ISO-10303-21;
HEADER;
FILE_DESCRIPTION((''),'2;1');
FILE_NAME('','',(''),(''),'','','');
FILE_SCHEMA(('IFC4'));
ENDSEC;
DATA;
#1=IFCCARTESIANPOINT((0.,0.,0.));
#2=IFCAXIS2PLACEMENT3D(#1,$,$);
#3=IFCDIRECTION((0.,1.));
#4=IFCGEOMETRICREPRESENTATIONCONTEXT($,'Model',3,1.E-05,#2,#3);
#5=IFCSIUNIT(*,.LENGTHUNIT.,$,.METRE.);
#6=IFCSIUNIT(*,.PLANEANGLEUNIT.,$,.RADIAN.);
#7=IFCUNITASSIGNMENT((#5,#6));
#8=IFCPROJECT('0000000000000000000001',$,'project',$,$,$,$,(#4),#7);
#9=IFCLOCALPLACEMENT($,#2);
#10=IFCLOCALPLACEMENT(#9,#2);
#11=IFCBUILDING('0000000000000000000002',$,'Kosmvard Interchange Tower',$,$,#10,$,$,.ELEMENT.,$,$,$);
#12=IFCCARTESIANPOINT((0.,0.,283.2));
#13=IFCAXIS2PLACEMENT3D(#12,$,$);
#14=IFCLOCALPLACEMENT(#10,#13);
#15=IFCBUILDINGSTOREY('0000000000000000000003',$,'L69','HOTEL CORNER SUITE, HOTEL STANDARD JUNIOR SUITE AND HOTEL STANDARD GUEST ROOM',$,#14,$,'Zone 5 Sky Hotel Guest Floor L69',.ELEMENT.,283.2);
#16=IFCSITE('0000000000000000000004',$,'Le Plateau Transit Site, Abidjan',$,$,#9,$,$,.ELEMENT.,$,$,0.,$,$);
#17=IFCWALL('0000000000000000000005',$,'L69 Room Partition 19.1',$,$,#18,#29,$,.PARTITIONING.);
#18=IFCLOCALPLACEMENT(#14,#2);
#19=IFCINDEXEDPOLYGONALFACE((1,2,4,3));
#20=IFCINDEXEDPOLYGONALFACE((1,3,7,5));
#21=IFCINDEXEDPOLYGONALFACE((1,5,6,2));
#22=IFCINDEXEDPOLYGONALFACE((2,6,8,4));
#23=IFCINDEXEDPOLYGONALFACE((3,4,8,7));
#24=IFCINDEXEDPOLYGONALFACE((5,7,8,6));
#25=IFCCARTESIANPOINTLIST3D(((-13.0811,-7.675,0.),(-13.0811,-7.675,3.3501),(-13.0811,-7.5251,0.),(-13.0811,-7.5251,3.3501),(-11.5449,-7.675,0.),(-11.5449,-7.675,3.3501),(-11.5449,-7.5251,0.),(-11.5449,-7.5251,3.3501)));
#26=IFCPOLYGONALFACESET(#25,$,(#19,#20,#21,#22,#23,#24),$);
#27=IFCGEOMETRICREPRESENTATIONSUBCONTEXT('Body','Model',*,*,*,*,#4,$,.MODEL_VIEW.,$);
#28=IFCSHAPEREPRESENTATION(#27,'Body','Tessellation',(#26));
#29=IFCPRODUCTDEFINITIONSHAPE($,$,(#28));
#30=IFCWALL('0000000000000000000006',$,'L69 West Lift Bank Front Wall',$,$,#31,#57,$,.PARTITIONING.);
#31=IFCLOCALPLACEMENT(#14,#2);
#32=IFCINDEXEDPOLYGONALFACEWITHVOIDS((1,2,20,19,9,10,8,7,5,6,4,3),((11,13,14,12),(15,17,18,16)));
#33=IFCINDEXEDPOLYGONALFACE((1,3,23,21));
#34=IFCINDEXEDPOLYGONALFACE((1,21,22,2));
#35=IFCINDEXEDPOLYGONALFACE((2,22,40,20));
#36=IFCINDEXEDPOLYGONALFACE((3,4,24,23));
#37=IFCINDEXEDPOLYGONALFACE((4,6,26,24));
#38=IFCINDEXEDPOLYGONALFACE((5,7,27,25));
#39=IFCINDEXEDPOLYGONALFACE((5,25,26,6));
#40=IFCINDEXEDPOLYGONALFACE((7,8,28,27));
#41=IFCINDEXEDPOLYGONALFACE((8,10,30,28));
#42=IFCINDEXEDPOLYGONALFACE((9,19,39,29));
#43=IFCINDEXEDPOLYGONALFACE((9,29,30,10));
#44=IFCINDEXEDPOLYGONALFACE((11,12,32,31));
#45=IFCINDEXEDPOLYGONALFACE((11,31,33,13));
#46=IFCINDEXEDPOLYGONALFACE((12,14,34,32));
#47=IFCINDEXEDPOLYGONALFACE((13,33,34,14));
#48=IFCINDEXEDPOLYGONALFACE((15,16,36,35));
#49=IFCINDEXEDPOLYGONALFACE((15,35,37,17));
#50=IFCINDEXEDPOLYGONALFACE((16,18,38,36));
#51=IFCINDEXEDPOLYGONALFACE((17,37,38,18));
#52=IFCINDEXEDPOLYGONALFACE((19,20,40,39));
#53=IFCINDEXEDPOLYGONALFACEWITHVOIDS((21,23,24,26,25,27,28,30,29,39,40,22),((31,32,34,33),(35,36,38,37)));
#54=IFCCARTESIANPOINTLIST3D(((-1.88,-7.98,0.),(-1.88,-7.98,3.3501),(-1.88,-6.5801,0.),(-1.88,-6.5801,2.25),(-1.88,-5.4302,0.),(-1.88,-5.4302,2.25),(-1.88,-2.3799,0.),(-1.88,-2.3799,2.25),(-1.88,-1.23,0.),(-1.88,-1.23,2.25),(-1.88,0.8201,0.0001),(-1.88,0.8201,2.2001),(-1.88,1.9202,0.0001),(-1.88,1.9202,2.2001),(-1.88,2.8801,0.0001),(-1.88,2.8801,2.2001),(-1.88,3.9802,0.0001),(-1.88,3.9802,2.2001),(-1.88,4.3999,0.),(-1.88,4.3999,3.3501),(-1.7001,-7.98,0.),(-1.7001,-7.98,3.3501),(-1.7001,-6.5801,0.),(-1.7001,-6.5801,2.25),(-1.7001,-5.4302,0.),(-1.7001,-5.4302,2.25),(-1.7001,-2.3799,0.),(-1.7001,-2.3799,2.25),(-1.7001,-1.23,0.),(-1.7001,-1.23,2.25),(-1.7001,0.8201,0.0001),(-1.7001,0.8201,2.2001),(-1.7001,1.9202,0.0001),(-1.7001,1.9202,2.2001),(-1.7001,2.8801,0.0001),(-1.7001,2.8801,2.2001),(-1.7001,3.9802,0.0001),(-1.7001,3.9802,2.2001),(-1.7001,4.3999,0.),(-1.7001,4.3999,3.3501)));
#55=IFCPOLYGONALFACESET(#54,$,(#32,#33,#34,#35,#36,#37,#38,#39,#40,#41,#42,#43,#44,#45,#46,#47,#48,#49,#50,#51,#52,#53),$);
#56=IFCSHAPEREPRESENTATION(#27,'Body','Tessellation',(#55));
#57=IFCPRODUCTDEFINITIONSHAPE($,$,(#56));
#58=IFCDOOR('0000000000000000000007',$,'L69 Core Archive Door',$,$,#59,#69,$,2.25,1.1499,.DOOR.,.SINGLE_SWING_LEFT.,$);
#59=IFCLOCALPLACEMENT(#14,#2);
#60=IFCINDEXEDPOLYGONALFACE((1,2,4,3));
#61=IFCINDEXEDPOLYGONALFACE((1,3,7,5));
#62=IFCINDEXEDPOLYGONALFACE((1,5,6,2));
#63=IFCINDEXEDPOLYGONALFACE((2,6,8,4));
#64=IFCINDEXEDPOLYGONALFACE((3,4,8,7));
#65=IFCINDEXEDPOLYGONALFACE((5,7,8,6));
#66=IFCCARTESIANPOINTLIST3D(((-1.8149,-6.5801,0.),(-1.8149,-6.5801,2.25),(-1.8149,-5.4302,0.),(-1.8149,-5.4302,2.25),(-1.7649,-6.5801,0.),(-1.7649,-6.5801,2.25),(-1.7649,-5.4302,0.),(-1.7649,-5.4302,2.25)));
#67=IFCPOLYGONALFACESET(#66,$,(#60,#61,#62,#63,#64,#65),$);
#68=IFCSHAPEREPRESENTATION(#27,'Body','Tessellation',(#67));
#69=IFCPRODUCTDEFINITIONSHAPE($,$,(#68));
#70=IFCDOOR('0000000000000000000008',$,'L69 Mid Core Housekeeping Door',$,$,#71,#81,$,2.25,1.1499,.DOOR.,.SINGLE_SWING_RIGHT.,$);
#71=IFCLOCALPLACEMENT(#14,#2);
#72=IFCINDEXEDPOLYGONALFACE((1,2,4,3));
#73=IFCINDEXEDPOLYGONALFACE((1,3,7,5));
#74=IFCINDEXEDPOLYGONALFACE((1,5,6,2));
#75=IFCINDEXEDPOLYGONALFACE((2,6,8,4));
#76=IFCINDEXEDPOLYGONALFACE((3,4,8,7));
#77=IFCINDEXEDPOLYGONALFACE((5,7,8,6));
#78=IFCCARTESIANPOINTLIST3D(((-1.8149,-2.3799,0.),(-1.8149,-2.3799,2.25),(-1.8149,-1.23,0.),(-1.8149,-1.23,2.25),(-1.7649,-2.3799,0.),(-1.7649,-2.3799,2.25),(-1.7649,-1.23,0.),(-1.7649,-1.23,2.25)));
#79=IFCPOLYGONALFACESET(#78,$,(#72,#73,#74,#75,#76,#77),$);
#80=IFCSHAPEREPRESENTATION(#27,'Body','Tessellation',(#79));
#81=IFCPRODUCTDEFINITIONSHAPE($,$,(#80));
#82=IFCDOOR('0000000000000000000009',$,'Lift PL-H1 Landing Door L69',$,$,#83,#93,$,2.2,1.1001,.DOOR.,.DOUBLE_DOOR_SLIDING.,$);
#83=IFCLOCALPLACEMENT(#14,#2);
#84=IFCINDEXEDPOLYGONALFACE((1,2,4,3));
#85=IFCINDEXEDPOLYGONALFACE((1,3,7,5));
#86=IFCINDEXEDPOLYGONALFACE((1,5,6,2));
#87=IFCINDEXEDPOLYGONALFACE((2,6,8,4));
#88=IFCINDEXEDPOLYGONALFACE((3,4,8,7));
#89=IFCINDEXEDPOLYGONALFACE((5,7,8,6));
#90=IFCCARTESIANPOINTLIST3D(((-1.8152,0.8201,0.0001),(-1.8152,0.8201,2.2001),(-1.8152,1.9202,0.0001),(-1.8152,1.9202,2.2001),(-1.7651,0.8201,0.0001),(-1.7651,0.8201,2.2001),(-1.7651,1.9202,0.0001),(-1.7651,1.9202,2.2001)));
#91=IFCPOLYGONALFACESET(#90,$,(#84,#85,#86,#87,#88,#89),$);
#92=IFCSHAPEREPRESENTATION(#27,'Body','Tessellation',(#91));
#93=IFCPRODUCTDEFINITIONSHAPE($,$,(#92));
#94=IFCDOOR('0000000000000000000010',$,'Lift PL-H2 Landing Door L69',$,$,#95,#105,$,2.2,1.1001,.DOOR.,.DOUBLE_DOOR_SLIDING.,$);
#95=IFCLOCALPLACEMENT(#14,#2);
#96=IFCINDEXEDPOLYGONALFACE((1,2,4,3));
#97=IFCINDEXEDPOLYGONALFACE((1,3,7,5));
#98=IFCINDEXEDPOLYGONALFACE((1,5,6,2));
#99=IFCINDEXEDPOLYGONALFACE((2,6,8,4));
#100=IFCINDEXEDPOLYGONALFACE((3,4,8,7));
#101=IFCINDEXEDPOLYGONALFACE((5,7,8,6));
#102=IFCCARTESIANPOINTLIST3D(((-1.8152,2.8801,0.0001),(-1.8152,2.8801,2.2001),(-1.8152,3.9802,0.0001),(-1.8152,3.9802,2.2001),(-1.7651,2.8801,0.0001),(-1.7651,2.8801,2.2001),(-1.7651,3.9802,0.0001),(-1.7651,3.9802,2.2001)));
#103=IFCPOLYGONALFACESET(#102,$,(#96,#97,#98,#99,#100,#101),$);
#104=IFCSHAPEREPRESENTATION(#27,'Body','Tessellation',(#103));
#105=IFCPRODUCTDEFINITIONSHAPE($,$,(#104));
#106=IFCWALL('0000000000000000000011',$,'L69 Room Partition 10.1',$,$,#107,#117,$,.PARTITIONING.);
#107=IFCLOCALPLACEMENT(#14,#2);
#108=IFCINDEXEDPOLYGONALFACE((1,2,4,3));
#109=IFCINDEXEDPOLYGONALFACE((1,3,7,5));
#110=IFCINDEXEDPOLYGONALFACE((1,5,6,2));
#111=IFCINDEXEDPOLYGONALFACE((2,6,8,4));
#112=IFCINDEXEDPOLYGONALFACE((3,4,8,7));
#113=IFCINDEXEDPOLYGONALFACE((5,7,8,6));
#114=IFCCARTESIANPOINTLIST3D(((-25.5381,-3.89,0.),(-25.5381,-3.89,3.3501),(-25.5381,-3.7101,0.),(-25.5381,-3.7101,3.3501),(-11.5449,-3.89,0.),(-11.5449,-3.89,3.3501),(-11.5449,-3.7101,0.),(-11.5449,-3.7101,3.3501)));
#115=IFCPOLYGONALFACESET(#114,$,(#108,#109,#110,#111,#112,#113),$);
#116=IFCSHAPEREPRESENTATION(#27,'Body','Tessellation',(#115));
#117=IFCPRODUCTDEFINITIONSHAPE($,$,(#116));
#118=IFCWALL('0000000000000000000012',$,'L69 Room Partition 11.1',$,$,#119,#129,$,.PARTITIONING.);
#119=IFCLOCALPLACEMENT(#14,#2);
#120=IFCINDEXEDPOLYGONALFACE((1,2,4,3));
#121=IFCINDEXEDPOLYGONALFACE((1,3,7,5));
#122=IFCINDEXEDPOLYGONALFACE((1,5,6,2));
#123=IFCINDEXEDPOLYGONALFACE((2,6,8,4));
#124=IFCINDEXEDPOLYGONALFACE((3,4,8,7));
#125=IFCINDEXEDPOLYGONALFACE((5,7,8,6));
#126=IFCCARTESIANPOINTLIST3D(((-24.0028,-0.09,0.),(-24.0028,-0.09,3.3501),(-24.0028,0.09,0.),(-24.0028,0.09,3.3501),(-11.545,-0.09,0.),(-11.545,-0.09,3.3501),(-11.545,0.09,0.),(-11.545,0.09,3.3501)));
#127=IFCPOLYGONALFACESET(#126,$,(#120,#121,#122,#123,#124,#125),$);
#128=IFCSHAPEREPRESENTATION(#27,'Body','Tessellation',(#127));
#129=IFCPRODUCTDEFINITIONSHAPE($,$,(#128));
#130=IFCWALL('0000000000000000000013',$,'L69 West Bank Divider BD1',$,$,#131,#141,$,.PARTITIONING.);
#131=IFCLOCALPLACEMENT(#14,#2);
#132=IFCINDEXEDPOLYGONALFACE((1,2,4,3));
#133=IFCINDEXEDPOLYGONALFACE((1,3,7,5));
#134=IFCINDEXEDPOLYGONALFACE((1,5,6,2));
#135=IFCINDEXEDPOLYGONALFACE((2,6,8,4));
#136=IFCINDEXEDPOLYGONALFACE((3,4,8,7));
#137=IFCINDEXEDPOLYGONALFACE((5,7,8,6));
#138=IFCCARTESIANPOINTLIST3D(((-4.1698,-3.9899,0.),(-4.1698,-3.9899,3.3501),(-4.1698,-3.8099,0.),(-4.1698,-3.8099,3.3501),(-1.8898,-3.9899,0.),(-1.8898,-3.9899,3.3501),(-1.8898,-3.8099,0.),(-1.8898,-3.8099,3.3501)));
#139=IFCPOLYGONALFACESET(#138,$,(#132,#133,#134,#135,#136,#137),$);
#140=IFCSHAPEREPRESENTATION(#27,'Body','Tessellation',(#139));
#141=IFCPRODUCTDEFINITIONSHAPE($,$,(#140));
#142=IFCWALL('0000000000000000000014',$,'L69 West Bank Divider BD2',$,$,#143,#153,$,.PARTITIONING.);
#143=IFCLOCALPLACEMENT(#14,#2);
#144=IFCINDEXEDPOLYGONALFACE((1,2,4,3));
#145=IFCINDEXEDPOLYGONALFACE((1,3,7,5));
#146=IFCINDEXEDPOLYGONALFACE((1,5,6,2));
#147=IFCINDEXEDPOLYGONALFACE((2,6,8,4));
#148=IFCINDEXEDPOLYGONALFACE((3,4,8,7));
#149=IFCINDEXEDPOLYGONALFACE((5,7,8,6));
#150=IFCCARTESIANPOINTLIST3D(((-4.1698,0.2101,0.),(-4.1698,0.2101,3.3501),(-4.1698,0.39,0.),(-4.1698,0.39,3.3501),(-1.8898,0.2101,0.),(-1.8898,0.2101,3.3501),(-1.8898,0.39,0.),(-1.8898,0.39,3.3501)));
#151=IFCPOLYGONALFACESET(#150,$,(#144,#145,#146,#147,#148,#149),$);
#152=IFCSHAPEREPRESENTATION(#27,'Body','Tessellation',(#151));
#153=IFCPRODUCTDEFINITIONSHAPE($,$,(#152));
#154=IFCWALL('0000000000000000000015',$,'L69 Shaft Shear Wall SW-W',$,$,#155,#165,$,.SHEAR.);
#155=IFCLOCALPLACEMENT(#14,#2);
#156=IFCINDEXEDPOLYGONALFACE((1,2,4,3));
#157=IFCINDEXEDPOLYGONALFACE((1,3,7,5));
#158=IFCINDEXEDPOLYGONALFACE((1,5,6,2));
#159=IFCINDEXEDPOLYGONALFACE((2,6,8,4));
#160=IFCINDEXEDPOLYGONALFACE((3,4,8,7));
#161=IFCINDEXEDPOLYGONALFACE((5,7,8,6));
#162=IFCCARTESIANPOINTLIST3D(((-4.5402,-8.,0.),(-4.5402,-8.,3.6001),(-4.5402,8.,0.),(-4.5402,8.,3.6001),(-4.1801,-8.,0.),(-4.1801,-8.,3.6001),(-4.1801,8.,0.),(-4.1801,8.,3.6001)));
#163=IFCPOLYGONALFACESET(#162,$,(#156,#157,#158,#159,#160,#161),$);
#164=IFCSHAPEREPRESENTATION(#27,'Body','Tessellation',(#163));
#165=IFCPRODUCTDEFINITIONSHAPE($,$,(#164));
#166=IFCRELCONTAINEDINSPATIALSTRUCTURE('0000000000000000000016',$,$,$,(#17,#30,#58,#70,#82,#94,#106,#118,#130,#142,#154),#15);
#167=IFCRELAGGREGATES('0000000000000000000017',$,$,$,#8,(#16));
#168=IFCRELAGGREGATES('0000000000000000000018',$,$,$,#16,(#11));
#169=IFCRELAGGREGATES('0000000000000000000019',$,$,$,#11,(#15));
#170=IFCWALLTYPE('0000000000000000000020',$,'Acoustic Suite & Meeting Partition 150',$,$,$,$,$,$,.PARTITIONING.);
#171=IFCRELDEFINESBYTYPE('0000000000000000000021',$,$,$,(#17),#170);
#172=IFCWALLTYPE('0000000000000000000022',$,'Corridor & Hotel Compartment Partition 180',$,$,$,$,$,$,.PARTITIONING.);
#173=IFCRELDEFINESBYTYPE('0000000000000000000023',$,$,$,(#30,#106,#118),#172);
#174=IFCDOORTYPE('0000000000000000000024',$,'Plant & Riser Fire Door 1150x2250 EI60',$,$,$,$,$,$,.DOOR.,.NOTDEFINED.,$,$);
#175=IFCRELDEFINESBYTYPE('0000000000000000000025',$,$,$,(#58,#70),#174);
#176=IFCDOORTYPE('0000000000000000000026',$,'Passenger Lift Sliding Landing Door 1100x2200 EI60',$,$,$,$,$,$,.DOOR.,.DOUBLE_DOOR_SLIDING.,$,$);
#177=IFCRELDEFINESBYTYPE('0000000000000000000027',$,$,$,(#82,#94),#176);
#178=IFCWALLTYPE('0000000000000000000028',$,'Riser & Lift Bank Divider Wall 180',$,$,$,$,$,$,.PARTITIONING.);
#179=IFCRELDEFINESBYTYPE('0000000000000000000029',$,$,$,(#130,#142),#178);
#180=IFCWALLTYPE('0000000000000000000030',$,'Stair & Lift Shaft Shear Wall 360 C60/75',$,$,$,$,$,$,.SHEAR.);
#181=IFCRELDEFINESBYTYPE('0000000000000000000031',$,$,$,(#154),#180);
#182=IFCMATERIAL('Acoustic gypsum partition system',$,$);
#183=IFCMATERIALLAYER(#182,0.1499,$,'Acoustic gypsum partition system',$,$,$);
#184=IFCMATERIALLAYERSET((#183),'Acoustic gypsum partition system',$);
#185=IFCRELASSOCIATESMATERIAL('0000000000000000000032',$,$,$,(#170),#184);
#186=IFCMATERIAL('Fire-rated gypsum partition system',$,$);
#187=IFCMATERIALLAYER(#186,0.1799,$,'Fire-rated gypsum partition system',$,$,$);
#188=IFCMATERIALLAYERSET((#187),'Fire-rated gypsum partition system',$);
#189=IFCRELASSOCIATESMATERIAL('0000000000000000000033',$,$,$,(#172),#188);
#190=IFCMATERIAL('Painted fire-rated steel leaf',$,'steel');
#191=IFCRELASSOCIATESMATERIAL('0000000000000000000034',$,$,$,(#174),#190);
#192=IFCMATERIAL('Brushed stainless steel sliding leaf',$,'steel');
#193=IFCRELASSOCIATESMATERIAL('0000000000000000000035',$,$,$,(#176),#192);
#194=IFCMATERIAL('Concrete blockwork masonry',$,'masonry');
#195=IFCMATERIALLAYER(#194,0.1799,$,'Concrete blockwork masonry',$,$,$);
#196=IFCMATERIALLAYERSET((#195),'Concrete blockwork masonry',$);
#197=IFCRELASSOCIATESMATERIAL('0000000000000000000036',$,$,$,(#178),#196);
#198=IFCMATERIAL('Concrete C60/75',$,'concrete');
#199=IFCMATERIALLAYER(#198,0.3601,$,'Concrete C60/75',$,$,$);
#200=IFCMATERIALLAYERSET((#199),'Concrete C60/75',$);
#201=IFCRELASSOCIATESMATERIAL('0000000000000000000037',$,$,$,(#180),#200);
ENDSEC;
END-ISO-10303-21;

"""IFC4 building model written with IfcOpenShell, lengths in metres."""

from ifc_helpers import new_model, si_unit, direction, frame, frame_2d, origin, place, context, subcontext, project, spatial, rectangle, extrude, source, transform, mapped, material, layer, layer_set, type_object, element, fill, save


model = new_model("IFC4")

# Units and contexts
model_context = context("Model", 3, precision=1e-05, world=origin(), true_north=direction((0.0, 1.0)))
body_context = subcontext(model_context, "Body", "Model", "MODEL_VIEW")
ifc_project = project(units=[si_unit("LENGTHUNIT", "METRE"), si_unit("PLANEANGLEUNIT", "RADIAN")], contexts=[model_context])

# Site, building, storey
site_placement = place(None, origin())
site = spatial("IfcSite", under=ifc_project, at=site_placement, Name="Le Plateau Transit Site, Abidjan", CompositionType="ELEMENT", RefElevation=0.0)
building_placement = place(site_placement, origin())
building = spatial("IfcBuilding", under=site, at=building_placement, Name="Kosmvard Interchange Tower", CompositionType="ELEMENT")
storey_placement = place(building_placement, frame((0.0, 0.0, 283.2)))
storey = spatial("IfcBuildingStorey", under=building, at=storey_placement, Name="L69", Description="HOTEL CORNER SUITE, HOTEL STANDARD JUNIOR SUITE AND HOTEL STANDARD GUEST ROOM", LongName="Zone 5 Sky Hotel Guest Floor L69", CompositionType="ELEMENT", Elevation=283.2)

# Wall
ifc_material_1 = material(Name="Acoustic gypsum partition system")
ifc_layer_1 = layer(ifc_material_1, 0.1499, Name="Acoustic gypsum partition system")
ifc_layer_set_1 = layer_set([ifc_layer_1], Name="Acoustic gypsum partition system")
wall_type_1 = type_object("IfcWallType", Name="Acoustic Suite & Meeting Partition 150", PredefinedType="PARTITIONING", material=ifc_layer_set_1)
wall_1_placement = place(storey_placement, frame((-11.5449, -7.6001, 0.0), z_axis=(0.0, 0.0, 1.0), x_axis=(-1.0, 0.0, 0.0)))
element("IfcWall", 1, at=wall_1_placement, inside=storey, type_object=wall_type_1, Name="L69 Room Partition 19.1", PredefinedType="PARTITIONING", context=body_context, shape_type="SweptSolid", body=[
    extrude(rectangle(XDim=1.5361, YDim=0.1499, at=frame_2d((0.7681, 0.0))), origin(), (0.0, 0.0, 1.0), 3.3501),
])

# Wall, openings, doors
ifc_material_2 = material(Name="Fire-rated gypsum partition system")
ifc_layer_2 = layer(ifc_material_2, 0.1799, Name="Fire-rated gypsum partition system")
ifc_layer_set_2 = layer_set([ifc_layer_2], Name="Fire-rated gypsum partition system")
wall_type_2 = type_object("IfcWallType", Name="Corridor & Hotel Compartment Partition 180", PredefinedType="PARTITIONING", material=ifc_layer_set_2)
wall_2_placement = place(storey_placement, frame((-1.79, -7.98, 0.0), z_axis=(0.0, 0.0, 1.0), x_axis=(0.0, 1.0, 0.0)))
wall_2 = element("IfcWall", 2, at=wall_2_placement, inside=storey, type_object=wall_type_2, Name="L69 West Lift Bank Front Wall", PredefinedType="PARTITIONING", context=body_context, shape_type="SweptSolid", body=[
    extrude(rectangle(XDim=12.3799, YDim=0.1799, at=frame_2d((6.1899, 0.0))), origin(), (0.0, 0.0, 1.0), 3.3501),
])
opening_1_placement = place(wall_2_placement, frame((8.8, 0.0, 0.0)))
opening_1 = element("IfcOpeningElement", 3, at=opening_1_placement, cuts=wall_2, PredefinedType="OPENING", context=body_context, shape_type="SweptSolid", body=[
    extrude(rectangle(XDim=1.1001, YDim=2.2, at=frame_2d((0.55, 1.1001))), frame((0.0, 0.1001, 0.0), z_axis=(0.0, -1.0, 0.0), x_axis=(1.0, 0.0, 0.0)), (0.0, 0.0, 1.0), 0.2),
])
opening_2_placement = place(wall_2_placement, frame((10.8601, 0.0, 0.0)))
opening_2 = element("IfcOpeningElement", 4, at=opening_2_placement, cuts=wall_2, PredefinedType="OPENING", context=body_context, shape_type="SweptSolid", body=[
    extrude(rectangle(XDim=1.1001, YDim=2.2, at=frame_2d((0.55, 1.1001))), frame((0.0, 0.1001, 0.0), z_axis=(0.0, -1.0, 0.0), x_axis=(1.0, 0.0, 0.0)), (0.0, 0.0, 1.0), 0.2),
])
opening_3_placement = place(wall_2_placement, frame((1.3999, 0.0, 0.0)))
opening_3 = element("IfcOpeningElement", 5, at=opening_3_placement, cuts=wall_2, PredefinedType="OPENING", context=body_context, shape_type="SweptSolid", body=[
    extrude(rectangle(XDim=1.1499, YDim=2.25, at=frame_2d((0.575, 1.125))), frame((0.0, 0.1001, 0.0), z_axis=(0.0, -1.0, 0.0), x_axis=(1.0, 0.0, 0.0)), (0.0, 0.0, 1.0), 0.2),
])
opening_4_placement = place(wall_2_placement, frame((5.6001, 0.0, 0.0)))
opening_4 = element("IfcOpeningElement", 6, at=opening_4_placement, cuts=wall_2, PredefinedType="OPENING", context=body_context, shape_type="SweptSolid", body=[
    extrude(rectangle(XDim=1.1499, YDim=2.25, at=frame_2d((0.575, 1.125))), frame((0.0, 0.1001, 0.0), z_axis=(0.0, -1.0, 0.0), x_axis=(1.0, 0.0, 0.0)), (0.0, 0.0, 1.0), 0.2),
])
ifc_material_3 = material(Name="Painted fire-rated steel leaf", Category="steel")
door_type_1 = type_object("IfcDoorType", Name="Plant & Riser Fire Door 1150x2250 EI60", OperationType="NOTDEFINED", PredefinedType="DOOR", material=ifc_material_3)
shared_shape_1 = source(origin(), body_context, "Body", "SweptSolid", [
    extrude(rectangle(XDim=1.1499, YDim=2.25, at=frame_2d((0.575, 1.125))), frame((0.0, 0.0249, 0.0), z_axis=(0.0, -1.0, 0.0), x_axis=(1.0, 0.0, 0.0)), (0.0, 0.0, 1.0), 0.05),
])
door_1_placement = place(opening_3_placement, origin())
door_1 = element("IfcDoor", 7, at=door_1_placement, inside=storey, type_object=door_type_1, Name="L69 Core Archive Door", OperationType="SINGLE_SWING_LEFT", OverallHeight=2.25, OverallWidth=1.1499, PredefinedType="DOOR", context=body_context, shape_type="MappedRepresentation", body=[
    mapped(shared_shape_1, transform((0.0, 0.0, 0.0), scale=1.0)),
])
fill(opening_3, door_1)
door_2_placement = place(opening_4_placement, origin())
door_2 = element("IfcDoor", 8, at=door_2_placement, inside=storey, type_object=door_type_1, Name="L69 Mid Core Housekeeping Door", OperationType="SINGLE_SWING_RIGHT", OverallHeight=2.25, OverallWidth=1.1499, PredefinedType="DOOR", context=body_context, shape_type="MappedRepresentation", body=[
    mapped(shared_shape_1, transform((0.0, 0.0, 0.0), scale=1.0)),
])
fill(opening_4, door_2)
ifc_material_4 = material(Name="Brushed stainless steel sliding leaf", Category="steel")
door_type_2 = type_object("IfcDoorType", Name="Passenger Lift Sliding Landing Door 1100x2200 EI60", OperationType="DOUBLE_DOOR_SLIDING", PredefinedType="DOOR", material=ifc_material_4)
shared_shape_2 = source(origin(), body_context, "Body", "SweptSolid", [
    extrude(rectangle(XDim=1.1001, YDim=2.2, at=frame_2d((0.55, 1.1001))), frame((0.0, 0.0249, 0.0), z_axis=(0.0, -1.0, 0.0), x_axis=(1.0, 0.0, 0.0)), (0.0, 0.0, 1.0), 0.05),
])
door_3_placement = place(opening_1_placement, frame((1.1001, 0.0, 0.0), z_axis=(0.0, 0.0, 1.0), x_axis=(-1.0, 0.0, 0.0)))
door_3 = element("IfcDoor", 9, at=door_3_placement, inside=storey, type_object=door_type_2, Name="Lift PL-H1 Landing Door L69", OperationType="DOUBLE_DOOR_SLIDING", OverallHeight=2.2, OverallWidth=1.1001, PredefinedType="DOOR", context=body_context, shape_type="MappedRepresentation", body=[
    mapped(shared_shape_2, transform((0.0, 0.0, 0.0), scale=1.0)),
])
fill(opening_1, door_3)
door_4_placement = place(opening_2_placement, frame((1.1001, 0.0, 0.0), z_axis=(0.0, 0.0, 1.0), x_axis=(-1.0, 0.0, 0.0)))
door_4 = element("IfcDoor", 10, at=door_4_placement, inside=storey, type_object=door_type_2, Name="Lift PL-H2 Landing Door L69", OperationType="DOUBLE_DOOR_SLIDING", OverallHeight=2.2, OverallWidth=1.1001, PredefinedType="DOOR", context=body_context, shape_type="MappedRepresentation", body=[
    mapped(shared_shape_2, transform((0.0, 0.0, 0.0), scale=1.0)),
])
fill(opening_2, door_4)

# Walls
wall_3_placement = place(storey_placement, frame((-11.5449, -3.8, 0.0), z_axis=(0.0, 0.0, 1.0), x_axis=(-1.0, 0.0, 0.0)))
element("IfcWall", 11, at=wall_3_placement, inside=storey, type_object=wall_type_2, Name="L69 Room Partition 10.1", PredefinedType="PARTITIONING", context=body_context, shape_type="SweptSolid", body=[
    extrude(rectangle(XDim=13.9932, YDim=0.1799, at=frame_2d((6.9966, 0.0))), origin(), (0.0, 0.0, 1.0), 3.3501),
])
wall_4_placement = place(storey_placement, frame((-11.5449, 0.0, 0.0), z_axis=(0.0, 0.0, 1.0), x_axis=(-1.0, 0.0, 0.0)))
element("IfcWall", 12, at=wall_4_placement, inside=storey, type_object=wall_type_2, Name="L69 Room Partition 11.1", PredefinedType="PARTITIONING", context=body_context, shape_type="SweptSolid", body=[
    extrude(rectangle(XDim=12.4578, YDim=0.1799, at=frame_2d((6.229, 0.0))), origin(), (0.0, 0.0, 1.0), 3.3501),
])
ifc_material_5 = material(Name="Concrete blockwork masonry", Category="masonry")
ifc_layer_3 = layer(ifc_material_5, 0.1799, Name="Concrete blockwork masonry")
ifc_layer_set_3 = layer_set([ifc_layer_3], Name="Concrete blockwork masonry")
wall_type_3 = type_object("IfcWallType", Name="Riser & Lift Bank Divider Wall 180", PredefinedType="PARTITIONING", material=ifc_layer_set_3)
for number, where, z_axis, x_axis, name in (
    (13, (-4.1699, -3.8999, 0.0), (0.0, 0.0, 1.0), (1.0, 0.0, 0.0), "L69 West Bank Divider BD1"),
    (14, (-4.1699, 0.3, 0.0), (0.0, 0.0, 1.0), (1.0, 0.0, 0.0), "L69 West Bank Divider BD2"),
):
    element("IfcWall", number, at=place(storey_placement, frame(where, z_axis=z_axis, x_axis=x_axis)), inside=storey, type_object=wall_type_3, Name=name, PredefinedType="PARTITIONING", context=body_context, shape_type="SweptSolid", body=[
        extrude(rectangle(XDim=2.28, YDim=0.1799, at=frame_2d((1.1401, 0.0))), origin(), (0.0, 0.0, 1.0), 3.3501),
    ])
ifc_material_6 = material(Name="Concrete C60/75", Category="concrete")
ifc_layer_4 = layer(ifc_material_6, 0.3601, Name="Concrete C60/75")
ifc_layer_set_4 = layer_set([ifc_layer_4], Name="Concrete C60/75")
wall_type_4 = type_object("IfcWallType", Name="Stair & Lift Shaft Shear Wall 360 C60/75", PredefinedType="SHEAR", material=ifc_layer_set_4)
wall_5_placement = place(storey_placement, frame((-4.3601, -8.0, 0.0), z_axis=(0.0, 0.0, 1.0), x_axis=(0.0, 1.0, 0.0)))
element("IfcWall", 15, at=wall_5_placement, inside=storey, type_object=wall_type_4, Name="L69 Shaft Shear Wall SW-W", PredefinedType="SHEAR", context=body_context, shape_type="SweptSolid", body=[
    extrude(rectangle(XDim=16.0, YDim=0.3601, at=frame_2d((8.0, 0.0))), origin(), (0.0, 0.0, 1.0), 3.6001),
])

save(model, "model.ifc")
